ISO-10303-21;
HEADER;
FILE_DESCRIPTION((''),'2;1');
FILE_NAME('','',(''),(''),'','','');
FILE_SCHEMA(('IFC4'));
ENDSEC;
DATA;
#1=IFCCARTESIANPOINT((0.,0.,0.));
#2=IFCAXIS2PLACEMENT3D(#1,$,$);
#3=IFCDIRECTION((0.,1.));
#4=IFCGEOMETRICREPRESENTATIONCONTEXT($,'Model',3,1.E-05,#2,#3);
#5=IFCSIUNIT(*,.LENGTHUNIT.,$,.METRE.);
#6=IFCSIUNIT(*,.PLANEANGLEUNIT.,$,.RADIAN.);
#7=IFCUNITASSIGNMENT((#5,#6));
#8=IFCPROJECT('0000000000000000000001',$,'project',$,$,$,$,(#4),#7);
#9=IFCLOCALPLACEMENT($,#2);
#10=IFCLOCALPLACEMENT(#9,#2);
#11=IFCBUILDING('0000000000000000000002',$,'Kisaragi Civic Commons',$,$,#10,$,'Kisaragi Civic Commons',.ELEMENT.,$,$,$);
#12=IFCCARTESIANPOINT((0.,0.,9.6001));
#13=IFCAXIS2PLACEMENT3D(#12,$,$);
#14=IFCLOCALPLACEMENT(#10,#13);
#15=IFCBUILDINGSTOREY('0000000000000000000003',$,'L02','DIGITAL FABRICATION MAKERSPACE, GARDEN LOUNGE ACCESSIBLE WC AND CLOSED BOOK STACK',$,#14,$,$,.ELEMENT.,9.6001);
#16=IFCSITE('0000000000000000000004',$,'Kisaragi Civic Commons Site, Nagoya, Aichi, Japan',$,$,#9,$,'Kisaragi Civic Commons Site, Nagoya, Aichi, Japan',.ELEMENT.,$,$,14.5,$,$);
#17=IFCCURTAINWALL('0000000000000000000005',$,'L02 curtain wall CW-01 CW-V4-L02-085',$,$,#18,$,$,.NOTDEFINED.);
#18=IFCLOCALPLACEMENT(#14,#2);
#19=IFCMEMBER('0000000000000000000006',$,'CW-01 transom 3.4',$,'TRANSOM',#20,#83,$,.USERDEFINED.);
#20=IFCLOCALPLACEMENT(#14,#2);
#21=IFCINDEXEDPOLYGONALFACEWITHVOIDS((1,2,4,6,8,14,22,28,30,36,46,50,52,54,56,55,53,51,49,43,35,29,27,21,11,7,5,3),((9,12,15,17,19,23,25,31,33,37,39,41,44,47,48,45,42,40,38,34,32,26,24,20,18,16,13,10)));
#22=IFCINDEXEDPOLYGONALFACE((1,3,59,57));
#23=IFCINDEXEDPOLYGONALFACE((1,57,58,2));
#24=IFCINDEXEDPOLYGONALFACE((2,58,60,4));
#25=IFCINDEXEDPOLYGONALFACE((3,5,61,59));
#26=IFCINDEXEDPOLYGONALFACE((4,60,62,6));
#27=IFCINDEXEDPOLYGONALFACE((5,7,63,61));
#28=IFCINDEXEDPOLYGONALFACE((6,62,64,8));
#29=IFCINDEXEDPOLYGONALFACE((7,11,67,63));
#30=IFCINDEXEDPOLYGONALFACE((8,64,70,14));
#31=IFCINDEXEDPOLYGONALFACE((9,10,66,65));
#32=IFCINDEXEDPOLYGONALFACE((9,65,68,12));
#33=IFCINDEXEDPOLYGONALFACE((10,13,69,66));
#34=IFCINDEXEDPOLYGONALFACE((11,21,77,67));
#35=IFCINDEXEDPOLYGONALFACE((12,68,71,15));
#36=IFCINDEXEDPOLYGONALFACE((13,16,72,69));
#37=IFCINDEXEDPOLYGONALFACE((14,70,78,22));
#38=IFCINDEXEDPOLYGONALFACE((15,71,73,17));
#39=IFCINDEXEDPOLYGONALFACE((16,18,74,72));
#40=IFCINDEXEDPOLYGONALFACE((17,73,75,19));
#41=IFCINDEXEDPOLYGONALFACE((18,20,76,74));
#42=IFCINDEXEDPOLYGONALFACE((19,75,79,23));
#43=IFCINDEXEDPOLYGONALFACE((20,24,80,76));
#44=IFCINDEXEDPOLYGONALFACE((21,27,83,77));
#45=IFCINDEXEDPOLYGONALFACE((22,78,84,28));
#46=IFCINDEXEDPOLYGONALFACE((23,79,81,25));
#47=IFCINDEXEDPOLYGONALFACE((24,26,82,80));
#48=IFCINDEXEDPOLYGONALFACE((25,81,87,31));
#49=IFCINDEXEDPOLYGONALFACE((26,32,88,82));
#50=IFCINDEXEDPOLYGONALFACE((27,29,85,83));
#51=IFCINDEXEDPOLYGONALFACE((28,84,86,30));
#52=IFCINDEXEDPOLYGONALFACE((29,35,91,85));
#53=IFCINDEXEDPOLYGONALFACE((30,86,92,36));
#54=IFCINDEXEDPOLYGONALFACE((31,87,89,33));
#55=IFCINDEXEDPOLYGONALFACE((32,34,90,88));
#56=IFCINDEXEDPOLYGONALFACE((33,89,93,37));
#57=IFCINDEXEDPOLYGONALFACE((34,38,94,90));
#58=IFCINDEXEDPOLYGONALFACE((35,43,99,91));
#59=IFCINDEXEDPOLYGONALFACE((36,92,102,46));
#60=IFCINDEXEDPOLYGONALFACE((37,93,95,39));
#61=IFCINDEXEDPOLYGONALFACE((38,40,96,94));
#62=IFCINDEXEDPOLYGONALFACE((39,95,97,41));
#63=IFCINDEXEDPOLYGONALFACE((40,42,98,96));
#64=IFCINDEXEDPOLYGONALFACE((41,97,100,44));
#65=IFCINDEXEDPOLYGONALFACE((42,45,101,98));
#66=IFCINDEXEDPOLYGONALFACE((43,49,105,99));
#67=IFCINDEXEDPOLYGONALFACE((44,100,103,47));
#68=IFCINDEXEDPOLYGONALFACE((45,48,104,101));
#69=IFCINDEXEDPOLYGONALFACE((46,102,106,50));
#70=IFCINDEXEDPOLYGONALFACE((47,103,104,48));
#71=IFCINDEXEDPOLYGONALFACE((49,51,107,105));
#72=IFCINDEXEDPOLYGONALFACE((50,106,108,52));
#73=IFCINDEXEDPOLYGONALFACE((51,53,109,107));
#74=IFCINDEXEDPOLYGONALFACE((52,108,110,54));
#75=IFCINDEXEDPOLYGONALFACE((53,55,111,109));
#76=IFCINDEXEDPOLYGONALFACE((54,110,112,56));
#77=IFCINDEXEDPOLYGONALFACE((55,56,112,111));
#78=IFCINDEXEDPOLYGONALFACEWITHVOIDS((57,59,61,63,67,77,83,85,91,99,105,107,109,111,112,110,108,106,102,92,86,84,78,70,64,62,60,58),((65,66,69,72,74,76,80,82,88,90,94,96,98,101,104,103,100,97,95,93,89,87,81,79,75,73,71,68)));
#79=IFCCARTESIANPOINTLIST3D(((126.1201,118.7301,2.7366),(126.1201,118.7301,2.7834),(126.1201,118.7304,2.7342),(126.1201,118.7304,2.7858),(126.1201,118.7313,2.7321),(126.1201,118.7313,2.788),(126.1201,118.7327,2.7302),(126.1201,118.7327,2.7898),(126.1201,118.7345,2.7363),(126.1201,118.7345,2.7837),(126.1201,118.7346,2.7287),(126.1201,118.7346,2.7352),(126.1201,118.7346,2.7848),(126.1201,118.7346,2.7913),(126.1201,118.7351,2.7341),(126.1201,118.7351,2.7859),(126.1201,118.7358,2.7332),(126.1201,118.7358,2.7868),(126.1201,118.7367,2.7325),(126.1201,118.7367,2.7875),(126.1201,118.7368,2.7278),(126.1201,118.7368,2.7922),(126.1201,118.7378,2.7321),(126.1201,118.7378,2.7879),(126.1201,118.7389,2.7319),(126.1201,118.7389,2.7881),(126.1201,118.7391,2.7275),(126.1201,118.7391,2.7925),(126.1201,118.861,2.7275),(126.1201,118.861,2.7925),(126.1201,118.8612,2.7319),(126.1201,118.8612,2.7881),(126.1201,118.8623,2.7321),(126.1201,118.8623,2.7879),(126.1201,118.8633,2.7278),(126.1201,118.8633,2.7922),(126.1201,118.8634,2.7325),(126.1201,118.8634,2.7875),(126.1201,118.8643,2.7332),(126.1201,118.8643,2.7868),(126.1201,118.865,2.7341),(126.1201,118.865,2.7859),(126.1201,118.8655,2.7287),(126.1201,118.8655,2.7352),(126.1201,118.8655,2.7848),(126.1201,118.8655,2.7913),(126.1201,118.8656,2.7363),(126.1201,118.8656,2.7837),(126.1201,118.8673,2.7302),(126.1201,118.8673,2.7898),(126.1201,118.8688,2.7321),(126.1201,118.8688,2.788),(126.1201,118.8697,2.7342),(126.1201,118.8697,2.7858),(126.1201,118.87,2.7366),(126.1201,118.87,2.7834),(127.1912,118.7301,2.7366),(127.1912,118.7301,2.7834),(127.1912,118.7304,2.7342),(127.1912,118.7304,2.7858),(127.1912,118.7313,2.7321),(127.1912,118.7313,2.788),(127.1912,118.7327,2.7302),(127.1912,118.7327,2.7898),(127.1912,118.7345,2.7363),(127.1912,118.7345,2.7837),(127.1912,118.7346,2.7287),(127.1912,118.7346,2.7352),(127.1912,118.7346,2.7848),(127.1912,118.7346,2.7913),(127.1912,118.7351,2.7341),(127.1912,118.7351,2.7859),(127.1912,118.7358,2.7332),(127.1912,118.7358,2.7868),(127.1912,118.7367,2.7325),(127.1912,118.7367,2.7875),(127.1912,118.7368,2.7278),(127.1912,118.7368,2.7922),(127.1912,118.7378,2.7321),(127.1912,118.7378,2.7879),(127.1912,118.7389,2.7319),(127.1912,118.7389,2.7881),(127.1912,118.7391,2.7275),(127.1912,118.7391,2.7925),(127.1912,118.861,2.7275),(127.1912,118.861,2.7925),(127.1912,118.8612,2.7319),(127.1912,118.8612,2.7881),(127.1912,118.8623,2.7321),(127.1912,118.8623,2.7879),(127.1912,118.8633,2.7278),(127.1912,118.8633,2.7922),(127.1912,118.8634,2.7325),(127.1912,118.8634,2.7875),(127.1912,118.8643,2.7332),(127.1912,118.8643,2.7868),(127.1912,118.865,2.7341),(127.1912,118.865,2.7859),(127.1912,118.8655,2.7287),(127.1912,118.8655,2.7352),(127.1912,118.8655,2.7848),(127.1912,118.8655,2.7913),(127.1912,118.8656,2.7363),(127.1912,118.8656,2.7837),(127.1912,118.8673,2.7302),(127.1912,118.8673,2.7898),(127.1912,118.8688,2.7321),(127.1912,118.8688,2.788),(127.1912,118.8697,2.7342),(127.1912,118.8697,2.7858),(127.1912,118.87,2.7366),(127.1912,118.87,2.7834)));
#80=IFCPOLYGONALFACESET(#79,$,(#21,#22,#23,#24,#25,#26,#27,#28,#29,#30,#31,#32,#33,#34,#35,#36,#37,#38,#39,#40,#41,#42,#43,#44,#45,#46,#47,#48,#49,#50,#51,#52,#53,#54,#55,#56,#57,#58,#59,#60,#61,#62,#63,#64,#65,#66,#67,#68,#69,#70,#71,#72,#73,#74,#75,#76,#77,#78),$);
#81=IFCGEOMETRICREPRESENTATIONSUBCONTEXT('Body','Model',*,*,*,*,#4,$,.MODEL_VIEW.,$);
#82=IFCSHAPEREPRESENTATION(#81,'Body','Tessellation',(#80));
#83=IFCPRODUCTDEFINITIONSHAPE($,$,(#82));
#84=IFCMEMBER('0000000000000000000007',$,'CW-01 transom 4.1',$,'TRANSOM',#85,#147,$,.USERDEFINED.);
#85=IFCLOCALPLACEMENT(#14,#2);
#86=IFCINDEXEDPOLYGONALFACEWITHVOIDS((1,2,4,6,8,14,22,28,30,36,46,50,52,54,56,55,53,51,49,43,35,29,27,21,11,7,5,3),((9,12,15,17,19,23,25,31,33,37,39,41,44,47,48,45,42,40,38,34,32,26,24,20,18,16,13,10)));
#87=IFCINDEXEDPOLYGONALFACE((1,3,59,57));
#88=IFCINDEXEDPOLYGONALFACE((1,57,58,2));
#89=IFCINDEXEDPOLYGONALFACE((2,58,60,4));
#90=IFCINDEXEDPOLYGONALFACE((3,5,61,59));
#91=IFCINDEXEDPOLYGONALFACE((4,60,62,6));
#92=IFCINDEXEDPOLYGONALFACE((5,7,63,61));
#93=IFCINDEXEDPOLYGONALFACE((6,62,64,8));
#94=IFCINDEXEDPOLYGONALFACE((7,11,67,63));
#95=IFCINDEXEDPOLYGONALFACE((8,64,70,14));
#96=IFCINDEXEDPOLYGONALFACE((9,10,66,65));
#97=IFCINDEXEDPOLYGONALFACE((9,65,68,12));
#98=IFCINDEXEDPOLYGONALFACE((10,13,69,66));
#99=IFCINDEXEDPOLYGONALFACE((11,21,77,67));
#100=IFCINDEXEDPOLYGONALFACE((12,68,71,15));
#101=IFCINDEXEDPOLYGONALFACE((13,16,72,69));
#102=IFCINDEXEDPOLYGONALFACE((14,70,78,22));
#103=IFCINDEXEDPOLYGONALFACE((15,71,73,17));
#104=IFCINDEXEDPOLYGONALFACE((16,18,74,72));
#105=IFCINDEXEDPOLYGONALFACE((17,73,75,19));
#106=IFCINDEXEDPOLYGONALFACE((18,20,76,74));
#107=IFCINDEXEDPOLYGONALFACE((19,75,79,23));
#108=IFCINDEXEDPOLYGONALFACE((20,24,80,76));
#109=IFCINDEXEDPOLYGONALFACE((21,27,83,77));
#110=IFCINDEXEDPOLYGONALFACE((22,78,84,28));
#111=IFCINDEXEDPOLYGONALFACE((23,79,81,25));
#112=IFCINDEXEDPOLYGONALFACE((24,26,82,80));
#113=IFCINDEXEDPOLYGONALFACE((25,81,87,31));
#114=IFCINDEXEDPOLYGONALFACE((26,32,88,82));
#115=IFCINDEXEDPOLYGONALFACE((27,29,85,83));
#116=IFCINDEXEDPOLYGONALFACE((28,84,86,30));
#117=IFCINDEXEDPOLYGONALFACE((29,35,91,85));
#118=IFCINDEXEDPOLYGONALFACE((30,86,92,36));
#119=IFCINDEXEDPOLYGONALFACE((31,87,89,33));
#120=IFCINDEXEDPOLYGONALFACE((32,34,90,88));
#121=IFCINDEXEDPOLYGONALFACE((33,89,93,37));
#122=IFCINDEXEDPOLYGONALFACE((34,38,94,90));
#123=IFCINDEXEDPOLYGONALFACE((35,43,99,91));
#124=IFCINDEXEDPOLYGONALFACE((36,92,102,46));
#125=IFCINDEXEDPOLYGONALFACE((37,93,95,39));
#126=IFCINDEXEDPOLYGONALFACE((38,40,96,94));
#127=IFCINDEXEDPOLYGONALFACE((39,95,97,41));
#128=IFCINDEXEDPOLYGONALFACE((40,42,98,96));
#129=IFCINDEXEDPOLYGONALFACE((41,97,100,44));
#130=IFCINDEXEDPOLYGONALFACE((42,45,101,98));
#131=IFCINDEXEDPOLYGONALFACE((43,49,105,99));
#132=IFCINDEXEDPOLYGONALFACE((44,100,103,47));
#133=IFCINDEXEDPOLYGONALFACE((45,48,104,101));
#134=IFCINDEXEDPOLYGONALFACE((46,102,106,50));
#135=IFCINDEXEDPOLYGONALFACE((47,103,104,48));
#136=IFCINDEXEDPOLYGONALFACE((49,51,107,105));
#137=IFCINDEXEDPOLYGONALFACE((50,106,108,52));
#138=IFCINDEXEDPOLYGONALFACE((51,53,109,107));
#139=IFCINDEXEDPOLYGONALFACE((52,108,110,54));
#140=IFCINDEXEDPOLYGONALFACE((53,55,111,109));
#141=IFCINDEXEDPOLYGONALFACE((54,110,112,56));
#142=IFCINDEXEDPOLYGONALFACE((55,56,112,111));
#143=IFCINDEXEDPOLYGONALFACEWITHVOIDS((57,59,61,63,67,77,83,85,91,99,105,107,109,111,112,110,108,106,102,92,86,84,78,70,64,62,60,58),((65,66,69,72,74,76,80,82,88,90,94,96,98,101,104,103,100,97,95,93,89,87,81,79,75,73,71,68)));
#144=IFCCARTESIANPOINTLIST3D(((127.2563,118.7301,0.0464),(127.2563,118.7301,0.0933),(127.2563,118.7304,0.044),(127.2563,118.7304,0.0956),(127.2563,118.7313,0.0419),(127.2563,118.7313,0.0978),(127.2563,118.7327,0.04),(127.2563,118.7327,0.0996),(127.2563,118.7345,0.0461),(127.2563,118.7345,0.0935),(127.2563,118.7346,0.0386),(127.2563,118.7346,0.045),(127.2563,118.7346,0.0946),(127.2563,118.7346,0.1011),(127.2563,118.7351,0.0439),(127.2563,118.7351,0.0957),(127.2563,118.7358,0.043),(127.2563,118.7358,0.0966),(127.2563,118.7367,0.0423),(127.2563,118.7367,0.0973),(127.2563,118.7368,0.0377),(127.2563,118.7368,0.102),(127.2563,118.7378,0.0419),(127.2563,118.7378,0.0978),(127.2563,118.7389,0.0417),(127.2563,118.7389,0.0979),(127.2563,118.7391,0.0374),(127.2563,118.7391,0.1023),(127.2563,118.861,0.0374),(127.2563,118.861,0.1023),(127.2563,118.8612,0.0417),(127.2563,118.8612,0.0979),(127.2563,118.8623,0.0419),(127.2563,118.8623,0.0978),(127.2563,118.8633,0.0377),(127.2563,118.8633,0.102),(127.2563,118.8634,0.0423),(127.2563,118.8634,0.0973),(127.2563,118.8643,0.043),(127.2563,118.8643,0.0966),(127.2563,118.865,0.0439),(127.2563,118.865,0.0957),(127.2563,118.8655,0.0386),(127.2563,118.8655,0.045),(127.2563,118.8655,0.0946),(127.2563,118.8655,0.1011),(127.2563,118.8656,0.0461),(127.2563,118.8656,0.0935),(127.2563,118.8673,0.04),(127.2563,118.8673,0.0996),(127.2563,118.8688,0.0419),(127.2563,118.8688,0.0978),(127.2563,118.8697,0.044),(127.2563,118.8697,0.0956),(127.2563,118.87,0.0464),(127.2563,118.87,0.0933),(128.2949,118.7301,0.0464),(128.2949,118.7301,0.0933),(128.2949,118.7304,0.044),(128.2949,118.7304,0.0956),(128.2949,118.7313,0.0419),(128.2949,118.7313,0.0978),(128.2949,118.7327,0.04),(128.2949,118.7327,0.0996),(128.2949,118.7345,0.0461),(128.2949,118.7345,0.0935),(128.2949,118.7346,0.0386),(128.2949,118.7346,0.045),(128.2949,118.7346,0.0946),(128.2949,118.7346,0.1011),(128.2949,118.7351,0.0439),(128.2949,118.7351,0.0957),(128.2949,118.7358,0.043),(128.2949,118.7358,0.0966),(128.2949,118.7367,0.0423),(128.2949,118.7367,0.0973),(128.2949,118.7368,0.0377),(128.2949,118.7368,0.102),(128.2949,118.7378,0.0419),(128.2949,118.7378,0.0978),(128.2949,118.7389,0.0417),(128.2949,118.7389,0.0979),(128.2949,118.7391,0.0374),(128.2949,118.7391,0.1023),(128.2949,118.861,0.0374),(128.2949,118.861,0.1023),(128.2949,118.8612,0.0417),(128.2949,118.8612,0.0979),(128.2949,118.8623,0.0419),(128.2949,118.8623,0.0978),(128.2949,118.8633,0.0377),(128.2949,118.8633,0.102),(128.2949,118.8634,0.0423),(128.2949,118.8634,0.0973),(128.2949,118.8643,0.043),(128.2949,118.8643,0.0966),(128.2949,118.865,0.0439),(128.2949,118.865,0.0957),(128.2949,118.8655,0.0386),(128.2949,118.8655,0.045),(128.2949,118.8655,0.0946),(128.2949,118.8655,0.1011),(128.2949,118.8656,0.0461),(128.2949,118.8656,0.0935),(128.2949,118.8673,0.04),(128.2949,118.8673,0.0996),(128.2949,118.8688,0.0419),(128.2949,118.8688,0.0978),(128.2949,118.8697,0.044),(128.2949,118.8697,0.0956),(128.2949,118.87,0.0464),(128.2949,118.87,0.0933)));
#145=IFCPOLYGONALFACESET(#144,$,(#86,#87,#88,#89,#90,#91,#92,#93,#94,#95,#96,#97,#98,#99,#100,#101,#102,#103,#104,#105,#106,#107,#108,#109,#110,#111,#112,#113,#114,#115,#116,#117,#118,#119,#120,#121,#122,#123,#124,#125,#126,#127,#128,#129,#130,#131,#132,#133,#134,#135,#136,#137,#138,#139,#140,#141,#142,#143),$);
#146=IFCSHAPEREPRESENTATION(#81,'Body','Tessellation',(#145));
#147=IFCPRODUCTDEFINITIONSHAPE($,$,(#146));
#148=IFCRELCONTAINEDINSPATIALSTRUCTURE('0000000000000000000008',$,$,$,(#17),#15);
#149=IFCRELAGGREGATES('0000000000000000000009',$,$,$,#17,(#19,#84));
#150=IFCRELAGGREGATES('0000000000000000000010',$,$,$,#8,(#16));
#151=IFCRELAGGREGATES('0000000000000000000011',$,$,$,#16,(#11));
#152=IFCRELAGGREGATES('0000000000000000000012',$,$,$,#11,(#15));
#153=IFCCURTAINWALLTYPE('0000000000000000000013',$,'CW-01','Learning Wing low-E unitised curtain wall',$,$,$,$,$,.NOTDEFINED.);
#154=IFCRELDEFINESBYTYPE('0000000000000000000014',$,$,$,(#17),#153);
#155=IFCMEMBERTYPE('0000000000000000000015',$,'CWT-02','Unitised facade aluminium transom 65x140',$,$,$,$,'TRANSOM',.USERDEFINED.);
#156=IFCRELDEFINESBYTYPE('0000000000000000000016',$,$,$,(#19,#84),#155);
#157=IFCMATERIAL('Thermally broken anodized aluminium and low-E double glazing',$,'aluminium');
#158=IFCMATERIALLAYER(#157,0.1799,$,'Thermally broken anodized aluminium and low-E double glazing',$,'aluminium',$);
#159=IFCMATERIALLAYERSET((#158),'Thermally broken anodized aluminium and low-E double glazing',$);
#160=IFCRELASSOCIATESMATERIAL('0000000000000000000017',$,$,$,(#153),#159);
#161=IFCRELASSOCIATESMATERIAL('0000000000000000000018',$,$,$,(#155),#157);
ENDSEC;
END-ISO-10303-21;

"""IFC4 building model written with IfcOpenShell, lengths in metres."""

from ifc_helpers import new_model, si_unit, direction, frame, origin, origin_2d, place, context, subcontext, project, spatial, hollow_rectangle, extrude, material, layer, layer_set, material_profile, profile_set, type_object, element, aggregate, save


model = new_model("IFC4")

# Units and contexts
model_context = context("Model", 3, precision=1e-05, world=origin(), true_north=direction((0.0, 1.0)))
body_context = subcontext(model_context, "Body", "Model", "MODEL_VIEW")
ifc_project = project(units=[si_unit("LENGTHUNIT", "METRE"), si_unit("PLANEANGLEUNIT", "RADIAN")], contexts=[model_context])

# Site, building, storey
site_placement = place(None, origin())
site = spatial("IfcSite", under=ifc_project, at=site_placement, Name="Kisaragi Civic Commons Site, Nagoya, Aichi, Japan", LongName="Kisaragi Civic Commons Site, Nagoya, Aichi, Japan", CompositionType="ELEMENT", RefElevation=14.5)
building_placement = place(site_placement, origin())
building = spatial("IfcBuilding", under=site, at=building_placement, Name="Kisaragi Civic Commons", LongName="Kisaragi Civic Commons", CompositionType="ELEMENT")
storey_placement = place(building_placement, frame((0.0, 0.0, 9.6001)))
storey = spatial("IfcBuildingStorey", under=building, at=storey_placement, Name="L02", Description="DIGITAL FABRICATION MAKERSPACE, GARDEN LOUNGE ACCESSIBLE WC AND CLOSED BOOK STACK", CompositionType="ELEMENT", Elevation=9.6001)

# Curtain wall
ifc_material_1 = material(Name="Thermally broken anodized aluminium and low-E double glazing", Category="aluminium")
ifc_layer_1 = layer(ifc_material_1, 0.1799, Name="Thermally broken anodized aluminium and low-E double glazing", Category="aluminium")
ifc_layer_set_1 = layer_set([ifc_layer_1], Name="Thermally broken anodized aluminium and low-E double glazing")
curtain_wall_type = type_object("IfcCurtainWallType", Name="CW-01", Description="Learning Wing low-E unitised curtain wall", PredefinedType="NOTDEFINED", material=ifc_layer_set_1)
curtain_wall_1_placement = place(storey_placement, origin())
curtain_wall_1 = element("IfcCurtainWall", 1, at=curtain_wall_1_placement, inside=storey, type_object=curtain_wall_type, Name="L02 curtain wall CW-01 CW-V4-L02-085", PredefinedType="NOTDEFINED")

# Members
ifc_material_profile_1 = material_profile(ifc_material_1, hollow_rectangle(XDim=0.1399, YDim=0.0649, WallThickness=0.0044, InnerFilletRadius=0.0044, OuterFilletRadius=0.009, at=origin_2d()), Name="CWT-65x140x4.5", Category="aluminium")
ifc_profile_set_1 = profile_set([ifc_material_profile_1], Name="Thermally broken anodized aluminium and low-E double glazing")
member_type_1 = type_object("IfcMemberType", Name="CWT-02", Description="Unitised facade aluminium transom 65x140", ElementType="TRANSOM", PredefinedType="USERDEFINED", material=ifc_profile_set_1)
member_1_placement = place(storey_placement, frame((126.1201, 118.8, 2.76), z_axis=(1.0, 0.0, 0.0), x_axis=(0.0, 1.0, 0.0)))
member_1 = element("IfcMember", 2, at=member_1_placement, type_object=member_type_1, Name="CW-01 transom 3.4", ObjectType="TRANSOM", PredefinedType="USERDEFINED", context=body_context, shape_type="SweptSolid", body=[
    extrude(hollow_rectangle(XDim=0.1399, YDim=0.0649, WallThickness=0.0044, InnerFilletRadius=0.0044, OuterFilletRadius=0.009, at=origin_2d()), origin(), (0.0, 0.0, 1.0), 1.071),
])
member_2_placement = place(storey_placement, frame((127.2563, 118.8, 0.0698), z_axis=(1.0, 0.0, 0.0), x_axis=(0.0, 1.0, 0.0)))
member_2 = element("IfcMember", 3, at=member_2_placement, type_object=member_type_1, Name="CW-01 transom 4.1", ObjectType="TRANSOM", PredefinedType="USERDEFINED", context=body_context, shape_type="SweptSolid", body=[
    extrude(hollow_rectangle(XDim=0.1399, YDim=0.0649, WallThickness=0.0044, InnerFilletRadius=0.0044, OuterFilletRadius=0.009, at=origin_2d()), origin(), (0.0, 0.0, 1.0), 1.0386),
])

aggregate(curtain_wall_1, [member_1, member_2])

save(model, "model.ifc")
